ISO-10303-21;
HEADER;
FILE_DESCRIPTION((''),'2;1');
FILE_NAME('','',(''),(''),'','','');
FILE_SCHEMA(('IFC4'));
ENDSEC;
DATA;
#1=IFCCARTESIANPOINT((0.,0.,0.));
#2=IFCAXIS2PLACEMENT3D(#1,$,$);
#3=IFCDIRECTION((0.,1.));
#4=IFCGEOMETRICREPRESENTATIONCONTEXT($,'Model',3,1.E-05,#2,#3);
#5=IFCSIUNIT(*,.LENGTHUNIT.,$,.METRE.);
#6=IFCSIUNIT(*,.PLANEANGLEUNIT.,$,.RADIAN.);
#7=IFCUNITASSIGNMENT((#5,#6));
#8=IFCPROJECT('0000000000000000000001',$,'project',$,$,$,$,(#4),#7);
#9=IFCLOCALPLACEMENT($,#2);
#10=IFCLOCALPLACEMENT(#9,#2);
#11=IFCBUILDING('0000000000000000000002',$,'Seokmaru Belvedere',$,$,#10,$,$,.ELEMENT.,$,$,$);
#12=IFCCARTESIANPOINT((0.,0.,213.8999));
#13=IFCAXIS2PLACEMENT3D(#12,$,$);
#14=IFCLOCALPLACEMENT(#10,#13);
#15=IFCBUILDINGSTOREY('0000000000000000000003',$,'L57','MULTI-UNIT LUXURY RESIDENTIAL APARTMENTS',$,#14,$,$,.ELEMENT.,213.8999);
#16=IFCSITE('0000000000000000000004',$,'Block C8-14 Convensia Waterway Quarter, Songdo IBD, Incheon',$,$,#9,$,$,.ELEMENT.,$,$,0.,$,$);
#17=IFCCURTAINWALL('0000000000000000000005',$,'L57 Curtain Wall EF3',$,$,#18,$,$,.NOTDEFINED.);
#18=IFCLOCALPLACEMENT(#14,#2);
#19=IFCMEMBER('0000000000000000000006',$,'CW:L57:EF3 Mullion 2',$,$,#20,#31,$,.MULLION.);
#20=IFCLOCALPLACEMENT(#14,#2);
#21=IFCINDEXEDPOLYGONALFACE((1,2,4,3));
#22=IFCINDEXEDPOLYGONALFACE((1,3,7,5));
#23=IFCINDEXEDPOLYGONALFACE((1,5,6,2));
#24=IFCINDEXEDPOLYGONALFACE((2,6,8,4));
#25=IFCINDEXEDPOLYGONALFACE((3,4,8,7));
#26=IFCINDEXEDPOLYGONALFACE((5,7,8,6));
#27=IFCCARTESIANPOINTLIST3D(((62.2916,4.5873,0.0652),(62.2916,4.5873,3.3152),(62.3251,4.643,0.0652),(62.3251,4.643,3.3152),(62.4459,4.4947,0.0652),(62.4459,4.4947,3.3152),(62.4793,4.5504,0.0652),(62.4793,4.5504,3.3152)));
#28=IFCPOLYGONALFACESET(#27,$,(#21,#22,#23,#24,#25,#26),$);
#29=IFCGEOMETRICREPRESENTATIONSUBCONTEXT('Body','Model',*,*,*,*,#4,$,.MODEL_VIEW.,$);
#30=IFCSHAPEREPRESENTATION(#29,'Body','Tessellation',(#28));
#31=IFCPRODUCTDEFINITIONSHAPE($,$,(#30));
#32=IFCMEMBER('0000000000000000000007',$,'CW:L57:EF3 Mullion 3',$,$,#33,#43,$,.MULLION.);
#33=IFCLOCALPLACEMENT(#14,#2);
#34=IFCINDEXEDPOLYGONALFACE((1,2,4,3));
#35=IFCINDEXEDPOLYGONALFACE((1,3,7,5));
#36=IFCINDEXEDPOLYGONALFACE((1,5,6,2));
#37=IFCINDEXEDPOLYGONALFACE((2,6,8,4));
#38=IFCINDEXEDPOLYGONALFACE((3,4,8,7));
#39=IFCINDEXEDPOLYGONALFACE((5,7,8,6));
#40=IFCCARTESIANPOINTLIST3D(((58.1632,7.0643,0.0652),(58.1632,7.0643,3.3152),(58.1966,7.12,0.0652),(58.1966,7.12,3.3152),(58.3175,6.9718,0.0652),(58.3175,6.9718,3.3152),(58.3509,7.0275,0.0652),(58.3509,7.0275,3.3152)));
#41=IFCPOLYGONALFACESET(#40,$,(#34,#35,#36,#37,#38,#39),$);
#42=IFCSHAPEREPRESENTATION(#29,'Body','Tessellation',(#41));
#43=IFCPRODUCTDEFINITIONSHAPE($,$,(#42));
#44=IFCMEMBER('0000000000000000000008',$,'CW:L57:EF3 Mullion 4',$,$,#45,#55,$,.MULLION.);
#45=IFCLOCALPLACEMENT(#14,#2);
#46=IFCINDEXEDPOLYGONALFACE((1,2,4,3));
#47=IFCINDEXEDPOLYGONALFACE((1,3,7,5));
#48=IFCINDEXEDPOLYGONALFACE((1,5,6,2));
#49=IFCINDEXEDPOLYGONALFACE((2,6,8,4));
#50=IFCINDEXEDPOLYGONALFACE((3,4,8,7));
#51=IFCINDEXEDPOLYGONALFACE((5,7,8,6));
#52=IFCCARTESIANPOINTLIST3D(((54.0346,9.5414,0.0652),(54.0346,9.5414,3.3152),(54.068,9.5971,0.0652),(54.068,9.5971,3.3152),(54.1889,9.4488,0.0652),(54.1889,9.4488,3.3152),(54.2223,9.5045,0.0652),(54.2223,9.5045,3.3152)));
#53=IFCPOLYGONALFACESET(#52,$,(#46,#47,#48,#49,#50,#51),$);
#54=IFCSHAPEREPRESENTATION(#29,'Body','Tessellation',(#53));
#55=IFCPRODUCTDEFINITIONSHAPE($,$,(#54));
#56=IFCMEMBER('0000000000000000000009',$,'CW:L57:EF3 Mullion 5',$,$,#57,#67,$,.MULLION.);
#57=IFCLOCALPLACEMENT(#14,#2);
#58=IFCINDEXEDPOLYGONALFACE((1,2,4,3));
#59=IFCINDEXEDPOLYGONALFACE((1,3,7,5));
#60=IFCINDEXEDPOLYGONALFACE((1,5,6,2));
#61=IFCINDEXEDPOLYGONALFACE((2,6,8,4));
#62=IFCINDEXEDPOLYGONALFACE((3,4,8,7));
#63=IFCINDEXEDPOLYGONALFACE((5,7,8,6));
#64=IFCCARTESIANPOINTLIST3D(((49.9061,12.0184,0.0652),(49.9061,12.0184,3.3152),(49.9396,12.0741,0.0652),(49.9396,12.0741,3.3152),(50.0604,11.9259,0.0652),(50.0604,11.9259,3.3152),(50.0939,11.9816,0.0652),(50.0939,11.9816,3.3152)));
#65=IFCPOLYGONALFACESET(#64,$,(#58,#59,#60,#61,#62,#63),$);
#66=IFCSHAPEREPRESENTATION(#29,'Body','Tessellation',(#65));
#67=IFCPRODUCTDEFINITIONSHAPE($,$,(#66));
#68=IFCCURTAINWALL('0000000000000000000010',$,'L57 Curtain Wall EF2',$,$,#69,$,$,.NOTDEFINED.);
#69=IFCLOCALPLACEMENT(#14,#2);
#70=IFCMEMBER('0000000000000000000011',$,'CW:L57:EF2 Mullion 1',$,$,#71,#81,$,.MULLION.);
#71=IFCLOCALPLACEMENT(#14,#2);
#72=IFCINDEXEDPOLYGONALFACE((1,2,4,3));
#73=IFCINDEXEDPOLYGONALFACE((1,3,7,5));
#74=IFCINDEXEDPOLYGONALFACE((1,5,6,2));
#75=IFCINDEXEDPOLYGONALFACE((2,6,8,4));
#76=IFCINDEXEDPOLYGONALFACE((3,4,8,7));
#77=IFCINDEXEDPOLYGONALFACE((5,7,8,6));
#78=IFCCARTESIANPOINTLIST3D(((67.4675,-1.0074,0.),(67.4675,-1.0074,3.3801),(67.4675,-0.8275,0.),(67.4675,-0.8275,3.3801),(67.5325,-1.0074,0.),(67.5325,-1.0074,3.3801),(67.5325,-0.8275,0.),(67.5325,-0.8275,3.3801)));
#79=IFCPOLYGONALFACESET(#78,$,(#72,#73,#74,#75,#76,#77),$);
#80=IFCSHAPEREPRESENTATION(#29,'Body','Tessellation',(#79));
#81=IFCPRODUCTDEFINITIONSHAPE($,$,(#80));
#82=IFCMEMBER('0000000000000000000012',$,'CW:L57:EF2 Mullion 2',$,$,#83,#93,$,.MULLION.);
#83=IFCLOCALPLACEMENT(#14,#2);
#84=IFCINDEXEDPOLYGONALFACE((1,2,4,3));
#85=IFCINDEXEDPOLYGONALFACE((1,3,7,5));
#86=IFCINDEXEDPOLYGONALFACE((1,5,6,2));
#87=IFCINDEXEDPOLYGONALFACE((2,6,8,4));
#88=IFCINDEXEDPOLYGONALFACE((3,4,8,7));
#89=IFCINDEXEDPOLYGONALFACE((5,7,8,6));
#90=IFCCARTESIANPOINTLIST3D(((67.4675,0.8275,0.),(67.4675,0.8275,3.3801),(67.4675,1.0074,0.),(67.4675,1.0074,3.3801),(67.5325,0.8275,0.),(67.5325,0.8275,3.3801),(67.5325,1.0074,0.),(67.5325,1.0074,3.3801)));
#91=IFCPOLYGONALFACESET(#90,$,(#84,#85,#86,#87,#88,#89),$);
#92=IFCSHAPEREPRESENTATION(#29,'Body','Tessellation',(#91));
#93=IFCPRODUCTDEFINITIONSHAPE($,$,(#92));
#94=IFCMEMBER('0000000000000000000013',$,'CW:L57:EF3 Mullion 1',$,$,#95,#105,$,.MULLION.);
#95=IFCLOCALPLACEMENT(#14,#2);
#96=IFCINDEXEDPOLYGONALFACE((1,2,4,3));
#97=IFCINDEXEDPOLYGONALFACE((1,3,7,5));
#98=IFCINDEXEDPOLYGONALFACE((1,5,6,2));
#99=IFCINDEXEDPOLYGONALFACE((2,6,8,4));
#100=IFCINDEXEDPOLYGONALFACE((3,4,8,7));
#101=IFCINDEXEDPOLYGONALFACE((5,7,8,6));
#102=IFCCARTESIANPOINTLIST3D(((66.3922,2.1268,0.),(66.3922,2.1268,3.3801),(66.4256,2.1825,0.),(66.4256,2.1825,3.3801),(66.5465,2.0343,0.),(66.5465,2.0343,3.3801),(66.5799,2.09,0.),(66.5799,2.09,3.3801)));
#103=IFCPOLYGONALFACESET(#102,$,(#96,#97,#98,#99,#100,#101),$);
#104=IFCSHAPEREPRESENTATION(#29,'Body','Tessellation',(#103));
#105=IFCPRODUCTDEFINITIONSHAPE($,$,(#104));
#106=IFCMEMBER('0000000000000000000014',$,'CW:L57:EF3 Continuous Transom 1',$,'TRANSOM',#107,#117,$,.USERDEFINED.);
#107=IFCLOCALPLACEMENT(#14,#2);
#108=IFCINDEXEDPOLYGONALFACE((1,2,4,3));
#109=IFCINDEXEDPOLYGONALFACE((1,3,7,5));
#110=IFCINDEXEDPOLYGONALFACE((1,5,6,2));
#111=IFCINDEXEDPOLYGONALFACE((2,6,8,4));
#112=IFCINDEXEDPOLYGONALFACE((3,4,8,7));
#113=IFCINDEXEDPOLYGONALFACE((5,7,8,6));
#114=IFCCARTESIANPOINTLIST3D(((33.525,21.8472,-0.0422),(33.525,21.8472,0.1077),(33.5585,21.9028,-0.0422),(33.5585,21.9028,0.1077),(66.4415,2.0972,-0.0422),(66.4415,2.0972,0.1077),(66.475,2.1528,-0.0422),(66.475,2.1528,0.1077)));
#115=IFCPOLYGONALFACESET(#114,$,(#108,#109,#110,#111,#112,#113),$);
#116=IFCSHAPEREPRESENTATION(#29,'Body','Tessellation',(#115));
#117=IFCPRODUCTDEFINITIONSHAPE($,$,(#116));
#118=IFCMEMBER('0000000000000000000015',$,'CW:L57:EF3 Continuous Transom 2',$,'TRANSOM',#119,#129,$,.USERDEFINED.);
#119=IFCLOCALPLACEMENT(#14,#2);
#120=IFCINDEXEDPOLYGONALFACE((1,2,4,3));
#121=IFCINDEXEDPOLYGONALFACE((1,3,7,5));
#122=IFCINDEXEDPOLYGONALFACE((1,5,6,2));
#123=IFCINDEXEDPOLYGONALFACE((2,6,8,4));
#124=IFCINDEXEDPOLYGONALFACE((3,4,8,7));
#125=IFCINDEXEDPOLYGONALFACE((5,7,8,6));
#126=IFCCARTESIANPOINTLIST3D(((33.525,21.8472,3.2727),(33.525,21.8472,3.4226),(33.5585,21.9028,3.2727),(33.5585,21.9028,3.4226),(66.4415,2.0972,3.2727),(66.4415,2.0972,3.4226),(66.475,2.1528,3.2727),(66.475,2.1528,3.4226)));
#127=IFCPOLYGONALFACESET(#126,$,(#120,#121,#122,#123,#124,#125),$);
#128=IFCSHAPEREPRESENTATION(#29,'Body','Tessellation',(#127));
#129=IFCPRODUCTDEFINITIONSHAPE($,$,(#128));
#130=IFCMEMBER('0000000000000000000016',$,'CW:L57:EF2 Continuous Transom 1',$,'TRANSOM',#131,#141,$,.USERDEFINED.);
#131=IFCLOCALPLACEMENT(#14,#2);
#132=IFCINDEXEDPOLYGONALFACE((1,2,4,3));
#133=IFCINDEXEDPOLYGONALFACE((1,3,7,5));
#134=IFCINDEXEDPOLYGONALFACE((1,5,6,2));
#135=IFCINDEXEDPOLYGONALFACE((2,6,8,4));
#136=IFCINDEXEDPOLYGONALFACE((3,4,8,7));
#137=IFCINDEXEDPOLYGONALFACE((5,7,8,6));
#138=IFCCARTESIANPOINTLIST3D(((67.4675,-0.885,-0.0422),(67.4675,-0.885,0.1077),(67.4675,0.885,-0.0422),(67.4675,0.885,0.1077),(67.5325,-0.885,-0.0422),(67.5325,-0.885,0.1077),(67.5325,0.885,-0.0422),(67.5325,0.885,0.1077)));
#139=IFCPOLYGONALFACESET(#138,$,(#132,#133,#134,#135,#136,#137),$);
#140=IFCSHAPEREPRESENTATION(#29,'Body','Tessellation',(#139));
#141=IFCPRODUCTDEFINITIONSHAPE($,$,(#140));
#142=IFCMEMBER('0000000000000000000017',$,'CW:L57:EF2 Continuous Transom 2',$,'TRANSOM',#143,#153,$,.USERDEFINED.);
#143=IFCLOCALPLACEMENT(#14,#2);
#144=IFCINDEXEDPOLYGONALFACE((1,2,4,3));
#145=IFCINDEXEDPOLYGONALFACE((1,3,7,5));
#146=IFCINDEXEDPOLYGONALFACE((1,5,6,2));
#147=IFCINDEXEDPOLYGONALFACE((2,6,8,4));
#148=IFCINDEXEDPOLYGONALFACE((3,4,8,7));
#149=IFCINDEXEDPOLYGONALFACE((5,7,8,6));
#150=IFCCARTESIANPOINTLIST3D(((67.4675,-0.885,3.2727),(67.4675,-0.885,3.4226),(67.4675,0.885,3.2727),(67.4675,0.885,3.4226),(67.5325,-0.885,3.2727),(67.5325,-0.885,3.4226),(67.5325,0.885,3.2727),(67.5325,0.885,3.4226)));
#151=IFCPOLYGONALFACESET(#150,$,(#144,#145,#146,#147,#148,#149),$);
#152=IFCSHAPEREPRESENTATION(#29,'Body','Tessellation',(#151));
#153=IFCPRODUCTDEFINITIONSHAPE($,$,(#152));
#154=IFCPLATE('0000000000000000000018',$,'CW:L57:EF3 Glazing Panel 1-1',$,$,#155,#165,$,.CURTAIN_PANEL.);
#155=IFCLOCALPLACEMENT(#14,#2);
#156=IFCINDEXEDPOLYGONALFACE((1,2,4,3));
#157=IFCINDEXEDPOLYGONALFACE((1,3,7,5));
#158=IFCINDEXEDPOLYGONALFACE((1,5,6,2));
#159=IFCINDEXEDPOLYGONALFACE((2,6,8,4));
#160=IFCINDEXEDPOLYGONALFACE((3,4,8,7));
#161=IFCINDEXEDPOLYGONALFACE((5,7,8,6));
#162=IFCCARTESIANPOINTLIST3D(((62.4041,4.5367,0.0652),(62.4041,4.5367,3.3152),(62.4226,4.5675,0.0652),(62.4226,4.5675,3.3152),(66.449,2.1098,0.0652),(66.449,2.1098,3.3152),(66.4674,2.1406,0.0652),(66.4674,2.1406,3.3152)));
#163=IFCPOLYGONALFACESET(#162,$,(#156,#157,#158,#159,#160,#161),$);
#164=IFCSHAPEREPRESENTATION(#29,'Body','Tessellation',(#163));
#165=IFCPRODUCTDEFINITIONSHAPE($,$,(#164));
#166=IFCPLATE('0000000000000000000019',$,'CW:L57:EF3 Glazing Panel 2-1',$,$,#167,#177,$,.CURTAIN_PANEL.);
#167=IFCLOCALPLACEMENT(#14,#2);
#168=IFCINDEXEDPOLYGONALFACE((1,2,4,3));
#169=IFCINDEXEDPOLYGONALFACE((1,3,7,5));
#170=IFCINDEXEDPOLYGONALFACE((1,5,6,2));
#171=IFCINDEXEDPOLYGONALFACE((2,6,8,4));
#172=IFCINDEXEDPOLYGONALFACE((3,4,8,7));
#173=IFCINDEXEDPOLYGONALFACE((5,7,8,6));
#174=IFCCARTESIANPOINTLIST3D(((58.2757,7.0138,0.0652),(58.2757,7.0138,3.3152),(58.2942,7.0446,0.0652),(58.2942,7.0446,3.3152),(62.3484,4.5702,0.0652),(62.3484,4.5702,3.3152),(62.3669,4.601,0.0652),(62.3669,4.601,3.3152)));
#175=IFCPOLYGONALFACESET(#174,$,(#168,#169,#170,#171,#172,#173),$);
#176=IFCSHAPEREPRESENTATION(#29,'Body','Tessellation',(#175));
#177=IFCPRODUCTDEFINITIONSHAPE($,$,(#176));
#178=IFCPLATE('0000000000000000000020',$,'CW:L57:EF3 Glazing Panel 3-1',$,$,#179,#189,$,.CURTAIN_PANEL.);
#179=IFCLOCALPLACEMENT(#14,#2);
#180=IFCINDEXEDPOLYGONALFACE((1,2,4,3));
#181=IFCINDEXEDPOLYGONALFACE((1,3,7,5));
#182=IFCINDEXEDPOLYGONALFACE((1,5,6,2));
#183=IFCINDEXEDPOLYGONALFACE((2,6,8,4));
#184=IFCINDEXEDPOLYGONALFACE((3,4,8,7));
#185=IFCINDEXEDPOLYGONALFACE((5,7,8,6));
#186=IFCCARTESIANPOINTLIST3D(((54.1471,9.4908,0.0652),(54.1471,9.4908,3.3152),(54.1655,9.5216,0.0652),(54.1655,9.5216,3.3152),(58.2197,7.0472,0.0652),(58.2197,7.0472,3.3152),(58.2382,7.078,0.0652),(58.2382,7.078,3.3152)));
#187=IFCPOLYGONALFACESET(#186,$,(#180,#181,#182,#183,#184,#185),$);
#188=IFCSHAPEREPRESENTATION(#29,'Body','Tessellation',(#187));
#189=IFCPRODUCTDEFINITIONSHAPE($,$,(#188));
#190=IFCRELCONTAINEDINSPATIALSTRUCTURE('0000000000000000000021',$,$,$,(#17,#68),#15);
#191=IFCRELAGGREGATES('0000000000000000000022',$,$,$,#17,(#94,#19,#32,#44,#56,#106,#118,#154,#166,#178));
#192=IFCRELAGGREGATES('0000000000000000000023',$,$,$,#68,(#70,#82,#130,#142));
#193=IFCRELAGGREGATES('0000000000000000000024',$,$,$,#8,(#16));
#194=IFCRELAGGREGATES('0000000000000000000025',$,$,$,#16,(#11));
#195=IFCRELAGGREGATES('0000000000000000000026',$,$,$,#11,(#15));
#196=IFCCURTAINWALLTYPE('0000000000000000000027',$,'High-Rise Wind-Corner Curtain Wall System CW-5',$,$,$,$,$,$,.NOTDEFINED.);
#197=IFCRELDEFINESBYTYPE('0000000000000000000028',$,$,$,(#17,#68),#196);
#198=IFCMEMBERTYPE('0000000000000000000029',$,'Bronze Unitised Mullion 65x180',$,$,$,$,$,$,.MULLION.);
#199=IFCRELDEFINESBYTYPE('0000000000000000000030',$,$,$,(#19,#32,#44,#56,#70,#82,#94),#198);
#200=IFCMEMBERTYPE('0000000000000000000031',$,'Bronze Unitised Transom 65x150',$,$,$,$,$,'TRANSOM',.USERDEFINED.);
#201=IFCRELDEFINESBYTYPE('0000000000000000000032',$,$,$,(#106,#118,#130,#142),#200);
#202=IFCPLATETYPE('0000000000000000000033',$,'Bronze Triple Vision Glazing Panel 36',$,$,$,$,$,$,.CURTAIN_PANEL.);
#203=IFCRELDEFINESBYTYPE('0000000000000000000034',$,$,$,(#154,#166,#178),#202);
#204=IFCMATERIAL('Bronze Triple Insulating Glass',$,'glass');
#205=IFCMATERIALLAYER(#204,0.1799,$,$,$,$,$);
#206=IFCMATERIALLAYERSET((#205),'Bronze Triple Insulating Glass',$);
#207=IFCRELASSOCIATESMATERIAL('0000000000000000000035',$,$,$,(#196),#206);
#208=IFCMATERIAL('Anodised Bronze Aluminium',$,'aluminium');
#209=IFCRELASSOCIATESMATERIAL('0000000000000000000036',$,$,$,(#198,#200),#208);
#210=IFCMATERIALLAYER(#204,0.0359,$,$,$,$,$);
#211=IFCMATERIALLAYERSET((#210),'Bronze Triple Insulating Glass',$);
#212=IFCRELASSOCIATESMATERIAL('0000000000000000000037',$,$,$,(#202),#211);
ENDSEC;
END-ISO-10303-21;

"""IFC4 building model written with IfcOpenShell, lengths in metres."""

from ifc_helpers import new_model, si_unit, direction, frame, origin, origin_2d, place, context, subcontext, project, spatial, rectangle, extrude, source, transform, mapped, material, layer, layer_set, material_profile, profile_set, type_object, type_shapes, element, aggregate, save


model = new_model("IFC4")

# Units and contexts
model_context = context("Model", 3, precision=1e-05, world=origin(), true_north=direction((0.0, 1.0)))
body_context = subcontext(model_context, "Body", "Model", "MODEL_VIEW")
ifc_project = project(units=[si_unit("LENGTHUNIT", "METRE"), si_unit("PLANEANGLEUNIT", "RADIAN")], contexts=[model_context])

# Site, building, storey
site_placement = place(None, origin())
site = spatial("IfcSite", under=ifc_project, at=site_placement, Name="Block C8-14 Convensia Waterway Quarter, Songdo IBD, Incheon", CompositionType="ELEMENT", RefElevation=0.0)
building_placement = place(site_placement, origin())
building = spatial("IfcBuilding", under=site, at=building_placement, Name="Seokmaru Belvedere", CompositionType="ELEMENT")
storey_placement = place(building_placement, frame((0.0, 0.0, 213.8999)))
storey = spatial("IfcBuildingStorey", under=building, at=storey_placement, Name="L57", Description="MULTI-UNIT LUXURY RESIDENTIAL APARTMENTS", CompositionType="ELEMENT", Elevation=213.8999)

# Curtain walls, members
ifc_material_1 = material(Name="Bronze Triple Insulating Glass", Category="glass")
ifc_layer_1 = layer(ifc_material_1, 0.1799)
ifc_layer_set_1 = layer_set([ifc_layer_1], Name="Bronze Triple Insulating Glass")
curtain_wall_type = type_object("IfcCurtainWallType", Name="High-Rise Wind-Corner Curtain Wall System CW-5", PredefinedType="NOTDEFINED", material=ifc_layer_set_1)
curtain_wall_1_placement = place(storey_placement, origin())
curtain_wall_1 = element("IfcCurtainWall", 1, at=curtain_wall_1_placement, inside=storey, type_object=curtain_wall_type, Name="L57 Curtain Wall EF3", PredefinedType="NOTDEFINED")
ifc_material_2 = material(Name="Anodised Bronze Aluminium", Category="aluminium")
ifc_material_profile_1 = material_profile(ifc_material_2, rectangle(XDim=0.0649, YDim=0.1799, at=origin_2d()), Name="CW-M-65x180")
ifc_profile_set_1 = profile_set([ifc_material_profile_1], Name="Anodised Bronze Aluminium")
member_type_1 = type_object("IfcMemberType", Name="Bronze Unitised Mullion 65x180", PredefinedType="MULLION", material=ifc_profile_set_1)
shared_shape_1 = source(origin(), body_context, "Body", "SweptSolid", [
    extrude(rectangle(XDim=0.0649, YDim=0.1799, at=origin_2d()), origin(), (0.0, 0.0, 1.0), 3.25),
])
member_1_placement = place(storey_placement, frame((62.3855, 4.5688, 0.0652), z_axis=(0.0, 0.0, 1.0), x_axis=(-0.514495, -0.857493, 0.0)))
member_1 = element("IfcMember", 2, at=member_1_placement, type_object=member_type_1, Name="CW:L57:EF3 Mullion 2", PredefinedType="MULLION", context=body_context, shape_type="MappedRepresentation", body=[
    mapped(shared_shape_1, transform((0.0, 0.0, 0.0), scale=1.0)),
])
member_2_placement = place(storey_placement, frame((58.2571, 7.0459, 0.0652), z_axis=(0.0, 0.0, 1.0), x_axis=(-0.514495, -0.857493, 0.0)))
member_2 = element("IfcMember", 3, at=member_2_placement, type_object=member_type_1, Name="CW:L57:EF3 Mullion 3", PredefinedType="MULLION", context=body_context, shape_type="MappedRepresentation", body=[
    mapped(shared_shape_1, transform((0.0, 0.0, 0.0), scale=1.0)),
])
member_3_placement = place(storey_placement, frame((54.1284, 9.5229, 0.0652), z_axis=(0.0, 0.0, 1.0), x_axis=(-0.514495, -0.857493, 0.0)))
member_3 = element("IfcMember", 4, at=member_3_placement, type_object=member_type_1, Name="CW:L57:EF3 Mullion 4", PredefinedType="MULLION", context=body_context, shape_type="MappedRepresentation", body=[
    mapped(shared_shape_1, transform((0.0, 0.0, 0.0), scale=1.0)),
])
member_4_placement = place(storey_placement, frame((50.0, 12.0, 0.0652), z_axis=(0.0, 0.0, 1.0), x_axis=(-0.514495, -0.857493, 0.0)))
member_4 = element("IfcMember", 5, at=member_4_placement, type_object=member_type_1, Name="CW:L57:EF3 Mullion 5", PredefinedType="MULLION", context=body_context, shape_type="MappedRepresentation", body=[
    mapped(shared_shape_1, transform((0.0, 0.0, 0.0), scale=1.0)),
])
curtain_wall_2_placement = place(storey_placement, origin())
curtain_wall_2 = element("IfcCurtainWall", 6, at=curtain_wall_2_placement, inside=storey, type_object=curtain_wall_type, Name="L57 Curtain Wall EF2", PredefinedType="NOTDEFINED")
shared_shape_2 = source(origin(), body_context, "Body", "SweptSolid", [
    extrude(rectangle(XDim=0.0649, YDim=0.1799, at=origin_2d()), origin(), (0.0, 0.0, 1.0), 3.3801),
])
type_shapes(member_type_1, [shared_shape_1, shared_shape_2])
member_5_placement = place(storey_placement, frame((67.5, -0.9175, 0.0), z_axis=(0.0, 0.0, 1.0), x_axis=(-1.0, 0.0, 0.0)))
member_5 = element("IfcMember", 7, at=member_5_placement, type_object=member_type_1, Name="CW:L57:EF2 Mullion 1", PredefinedType="MULLION", context=body_context, shape_type="MappedRepresentation", body=[
    mapped(shared_shape_2, transform((0.0, 0.0, 0.0), scale=1.0)),
])
member_6_placement = place(storey_placement, frame((67.5, 0.9175, 0.0), z_axis=(0.0, 0.0, 1.0), x_axis=(-1.0, 0.0, 0.0)))
member_6 = element("IfcMember", 8, at=member_6_placement, type_object=member_type_1, Name="CW:L57:EF2 Mullion 2", PredefinedType="MULLION", context=body_context, shape_type="MappedRepresentation", body=[
    mapped(shared_shape_2, transform((0.0, 0.0, 0.0), scale=1.0)),
])

# Members
member_7_placement = place(storey_placement, frame((66.4861, 2.1084, 0.0), z_axis=(0.0, 0.0, 1.0), x_axis=(-0.514495, -0.857493, 0.0)))
member_7 = element("IfcMember", 9, at=member_7_placement, type_object=member_type_1, Name="CW:L57:EF3 Mullion 1", PredefinedType="MULLION", context=body_context, shape_type="MappedRepresentation", body=[
    mapped(shared_shape_2, transform((0.0, 0.0, 0.0), scale=1.0)),
])
ifc_material_profile_2 = material_profile(ifc_material_2, rectangle(XDim=0.0649, YDim=0.1499, at=origin_2d()), Name="CW-T-65x150")
ifc_profile_set_2 = profile_set([ifc_material_profile_2], Name="Anodised Bronze Aluminium")
member_type_2 = type_object("IfcMemberType", Name="Bronze Unitised Transom 65x150", ElementType="TRANSOM", PredefinedType="USERDEFINED", material=ifc_profile_set_2)
shared_shape_3 = source(origin(), body_context, "Body", "SweptSolid", [
    extrude(rectangle(XDim=0.0649, YDim=0.1499, at=origin_2d()), origin(), (0.0, 0.0, 1.0), 38.387),
])
member_8_placement = place(storey_placement, frame((66.4583, 2.125, 0.0327), z_axis=(-0.857492, 0.514498, 0.0), x_axis=(-0.514498, -0.857492, 0.0)))
member_8 = element("IfcMember", 10, at=member_8_placement, type_object=member_type_2, Name="CW:L57:EF3 Continuous Transom 1", ObjectType="TRANSOM", PredefinedType="USERDEFINED", context=body_context, shape_type="MappedRepresentation", body=[
    mapped(shared_shape_3, transform((0.0, 0.0, 0.0), scale=1.0)),
])
member_9_placement = place(storey_placement, frame((66.4583, 2.125, 3.3477), z_axis=(-0.857492, 0.514498, 0.0), x_axis=(-0.514498, -0.857492, 0.0)))
member_9 = element("IfcMember", 11, at=member_9_placement, type_object=member_type_2, Name="CW:L57:EF3 Continuous Transom 2", ObjectType="TRANSOM", PredefinedType="USERDEFINED", context=body_context, shape_type="MappedRepresentation", body=[
    mapped(shared_shape_3, transform((0.0, 0.0, 0.0), scale=1.0)),
])
shared_shape_4 = source(origin(), body_context, "Body", "SweptSolid", [
    extrude(rectangle(XDim=0.0649, YDim=0.1499, at=origin_2d()), origin(), (0.0, 0.0, 1.0), 1.77),
])
type_shapes(member_type_2, [shared_shape_3, shared_shape_4])
member_10_placement = place(storey_placement, frame((67.5, -0.885, 0.0327), z_axis=(0.0, 1.0, 0.0), x_axis=(-1.0, 0.0, 0.0)))
member_10 = element("IfcMember", 12, at=member_10_placement, type_object=member_type_2, Name="CW:L57:EF2 Continuous Transom 1", ObjectType="TRANSOM", PredefinedType="USERDEFINED", context=body_context, shape_type="MappedRepresentation", body=[
    mapped(shared_shape_4, transform((0.0, 0.0, 0.0), scale=1.0)),
])
member_11_placement = place(storey_placement, frame((67.5, -0.885, 3.3477), z_axis=(0.0, 1.0, 0.0), x_axis=(-1.0, 0.0, 0.0)))
member_11 = element("IfcMember", 13, at=member_11_placement, type_object=member_type_2, Name="CW:L57:EF2 Continuous Transom 2", ObjectType="TRANSOM", PredefinedType="USERDEFINED", context=body_context, shape_type="MappedRepresentation", body=[
    mapped(shared_shape_4, transform((0.0, 0.0, 0.0), scale=1.0)),
])

# Plates
ifc_layer_2 = layer(ifc_material_1, 0.0359)
ifc_layer_set_2 = layer_set([ifc_layer_2], Name="Bronze Triple Insulating Glass")
plate_type = type_object("IfcPlateType", Name="Bronze Triple Vision Glazing Panel 36", PredefinedType="CURTAIN_PANEL", material=ifc_layer_set_2)
shared_shape_5 = source(origin(), body_context, "Body", "SweptSolid", [
    extrude(rectangle(XDim=4.717, YDim=0.0359, at=origin_2d()), origin(), (0.0, 0.0, 1.0), 3.25),
])
plate_1_placement = place(storey_placement, frame((64.4358, 3.3386, 0.0652), z_axis=(0.0, 0.0, 1.0), x_axis=(-0.857493, 0.514495, 0.0)))
plate_1 = element("IfcPlate", 14, at=plate_1_placement, type_object=plate_type, Name="CW:L57:EF3 Glazing Panel 1-1", PredefinedType="CURTAIN_PANEL", context=body_context, shape_type="MappedRepresentation", body=[
    mapped(shared_shape_5, transform((0.0, 0.0, 0.0), scale=1.0)),
])
shared_shape_6 = source(origin(), body_context, "Body", "SweptSolid", [
    extrude(rectangle(XDim=4.7495, YDim=0.0359, at=origin_2d()), origin(), (0.0, 0.0, 1.0), 3.25),
])
plate_2_placement = place(storey_placement, frame((60.3213, 5.8074, 0.0652), z_axis=(0.0, 0.0, 1.0), x_axis=(-0.857493, 0.514495, 0.0)))
plate_2 = element("IfcPlate", 15, at=plate_2_placement, type_object=plate_type, Name="CW:L57:EF3 Glazing Panel 2-1", PredefinedType="CURTAIN_PANEL", context=body_context, shape_type="MappedRepresentation", body=[
    mapped(shared_shape_6, transform((0.0, 0.0, 0.0), scale=1.0)),
])
plate_3_placement = place(storey_placement, frame((56.1926, 8.2844, 0.0652), z_axis=(0.0, 0.0, 1.0), x_axis=(-0.857493, 0.514495, 0.0)))
plate_3 = element("IfcPlate", 16, at=plate_3_placement, type_object=plate_type, Name="CW:L57:EF3 Glazing Panel 3-1", PredefinedType="CURTAIN_PANEL", context=body_context, shape_type="MappedRepresentation", body=[
    mapped(shared_shape_6, transform((0.0, 0.0, 0.0), scale=1.0)),
])
aggregate(curtain_wall_1, [member_7, member_1, member_2, member_3, member_4, member_8, member_9, plate_1, plate_2, plate_3])
aggregate(curtain_wall_2, [member_5, member_6, member_10, member_11])

save(model, "model.ifc")
